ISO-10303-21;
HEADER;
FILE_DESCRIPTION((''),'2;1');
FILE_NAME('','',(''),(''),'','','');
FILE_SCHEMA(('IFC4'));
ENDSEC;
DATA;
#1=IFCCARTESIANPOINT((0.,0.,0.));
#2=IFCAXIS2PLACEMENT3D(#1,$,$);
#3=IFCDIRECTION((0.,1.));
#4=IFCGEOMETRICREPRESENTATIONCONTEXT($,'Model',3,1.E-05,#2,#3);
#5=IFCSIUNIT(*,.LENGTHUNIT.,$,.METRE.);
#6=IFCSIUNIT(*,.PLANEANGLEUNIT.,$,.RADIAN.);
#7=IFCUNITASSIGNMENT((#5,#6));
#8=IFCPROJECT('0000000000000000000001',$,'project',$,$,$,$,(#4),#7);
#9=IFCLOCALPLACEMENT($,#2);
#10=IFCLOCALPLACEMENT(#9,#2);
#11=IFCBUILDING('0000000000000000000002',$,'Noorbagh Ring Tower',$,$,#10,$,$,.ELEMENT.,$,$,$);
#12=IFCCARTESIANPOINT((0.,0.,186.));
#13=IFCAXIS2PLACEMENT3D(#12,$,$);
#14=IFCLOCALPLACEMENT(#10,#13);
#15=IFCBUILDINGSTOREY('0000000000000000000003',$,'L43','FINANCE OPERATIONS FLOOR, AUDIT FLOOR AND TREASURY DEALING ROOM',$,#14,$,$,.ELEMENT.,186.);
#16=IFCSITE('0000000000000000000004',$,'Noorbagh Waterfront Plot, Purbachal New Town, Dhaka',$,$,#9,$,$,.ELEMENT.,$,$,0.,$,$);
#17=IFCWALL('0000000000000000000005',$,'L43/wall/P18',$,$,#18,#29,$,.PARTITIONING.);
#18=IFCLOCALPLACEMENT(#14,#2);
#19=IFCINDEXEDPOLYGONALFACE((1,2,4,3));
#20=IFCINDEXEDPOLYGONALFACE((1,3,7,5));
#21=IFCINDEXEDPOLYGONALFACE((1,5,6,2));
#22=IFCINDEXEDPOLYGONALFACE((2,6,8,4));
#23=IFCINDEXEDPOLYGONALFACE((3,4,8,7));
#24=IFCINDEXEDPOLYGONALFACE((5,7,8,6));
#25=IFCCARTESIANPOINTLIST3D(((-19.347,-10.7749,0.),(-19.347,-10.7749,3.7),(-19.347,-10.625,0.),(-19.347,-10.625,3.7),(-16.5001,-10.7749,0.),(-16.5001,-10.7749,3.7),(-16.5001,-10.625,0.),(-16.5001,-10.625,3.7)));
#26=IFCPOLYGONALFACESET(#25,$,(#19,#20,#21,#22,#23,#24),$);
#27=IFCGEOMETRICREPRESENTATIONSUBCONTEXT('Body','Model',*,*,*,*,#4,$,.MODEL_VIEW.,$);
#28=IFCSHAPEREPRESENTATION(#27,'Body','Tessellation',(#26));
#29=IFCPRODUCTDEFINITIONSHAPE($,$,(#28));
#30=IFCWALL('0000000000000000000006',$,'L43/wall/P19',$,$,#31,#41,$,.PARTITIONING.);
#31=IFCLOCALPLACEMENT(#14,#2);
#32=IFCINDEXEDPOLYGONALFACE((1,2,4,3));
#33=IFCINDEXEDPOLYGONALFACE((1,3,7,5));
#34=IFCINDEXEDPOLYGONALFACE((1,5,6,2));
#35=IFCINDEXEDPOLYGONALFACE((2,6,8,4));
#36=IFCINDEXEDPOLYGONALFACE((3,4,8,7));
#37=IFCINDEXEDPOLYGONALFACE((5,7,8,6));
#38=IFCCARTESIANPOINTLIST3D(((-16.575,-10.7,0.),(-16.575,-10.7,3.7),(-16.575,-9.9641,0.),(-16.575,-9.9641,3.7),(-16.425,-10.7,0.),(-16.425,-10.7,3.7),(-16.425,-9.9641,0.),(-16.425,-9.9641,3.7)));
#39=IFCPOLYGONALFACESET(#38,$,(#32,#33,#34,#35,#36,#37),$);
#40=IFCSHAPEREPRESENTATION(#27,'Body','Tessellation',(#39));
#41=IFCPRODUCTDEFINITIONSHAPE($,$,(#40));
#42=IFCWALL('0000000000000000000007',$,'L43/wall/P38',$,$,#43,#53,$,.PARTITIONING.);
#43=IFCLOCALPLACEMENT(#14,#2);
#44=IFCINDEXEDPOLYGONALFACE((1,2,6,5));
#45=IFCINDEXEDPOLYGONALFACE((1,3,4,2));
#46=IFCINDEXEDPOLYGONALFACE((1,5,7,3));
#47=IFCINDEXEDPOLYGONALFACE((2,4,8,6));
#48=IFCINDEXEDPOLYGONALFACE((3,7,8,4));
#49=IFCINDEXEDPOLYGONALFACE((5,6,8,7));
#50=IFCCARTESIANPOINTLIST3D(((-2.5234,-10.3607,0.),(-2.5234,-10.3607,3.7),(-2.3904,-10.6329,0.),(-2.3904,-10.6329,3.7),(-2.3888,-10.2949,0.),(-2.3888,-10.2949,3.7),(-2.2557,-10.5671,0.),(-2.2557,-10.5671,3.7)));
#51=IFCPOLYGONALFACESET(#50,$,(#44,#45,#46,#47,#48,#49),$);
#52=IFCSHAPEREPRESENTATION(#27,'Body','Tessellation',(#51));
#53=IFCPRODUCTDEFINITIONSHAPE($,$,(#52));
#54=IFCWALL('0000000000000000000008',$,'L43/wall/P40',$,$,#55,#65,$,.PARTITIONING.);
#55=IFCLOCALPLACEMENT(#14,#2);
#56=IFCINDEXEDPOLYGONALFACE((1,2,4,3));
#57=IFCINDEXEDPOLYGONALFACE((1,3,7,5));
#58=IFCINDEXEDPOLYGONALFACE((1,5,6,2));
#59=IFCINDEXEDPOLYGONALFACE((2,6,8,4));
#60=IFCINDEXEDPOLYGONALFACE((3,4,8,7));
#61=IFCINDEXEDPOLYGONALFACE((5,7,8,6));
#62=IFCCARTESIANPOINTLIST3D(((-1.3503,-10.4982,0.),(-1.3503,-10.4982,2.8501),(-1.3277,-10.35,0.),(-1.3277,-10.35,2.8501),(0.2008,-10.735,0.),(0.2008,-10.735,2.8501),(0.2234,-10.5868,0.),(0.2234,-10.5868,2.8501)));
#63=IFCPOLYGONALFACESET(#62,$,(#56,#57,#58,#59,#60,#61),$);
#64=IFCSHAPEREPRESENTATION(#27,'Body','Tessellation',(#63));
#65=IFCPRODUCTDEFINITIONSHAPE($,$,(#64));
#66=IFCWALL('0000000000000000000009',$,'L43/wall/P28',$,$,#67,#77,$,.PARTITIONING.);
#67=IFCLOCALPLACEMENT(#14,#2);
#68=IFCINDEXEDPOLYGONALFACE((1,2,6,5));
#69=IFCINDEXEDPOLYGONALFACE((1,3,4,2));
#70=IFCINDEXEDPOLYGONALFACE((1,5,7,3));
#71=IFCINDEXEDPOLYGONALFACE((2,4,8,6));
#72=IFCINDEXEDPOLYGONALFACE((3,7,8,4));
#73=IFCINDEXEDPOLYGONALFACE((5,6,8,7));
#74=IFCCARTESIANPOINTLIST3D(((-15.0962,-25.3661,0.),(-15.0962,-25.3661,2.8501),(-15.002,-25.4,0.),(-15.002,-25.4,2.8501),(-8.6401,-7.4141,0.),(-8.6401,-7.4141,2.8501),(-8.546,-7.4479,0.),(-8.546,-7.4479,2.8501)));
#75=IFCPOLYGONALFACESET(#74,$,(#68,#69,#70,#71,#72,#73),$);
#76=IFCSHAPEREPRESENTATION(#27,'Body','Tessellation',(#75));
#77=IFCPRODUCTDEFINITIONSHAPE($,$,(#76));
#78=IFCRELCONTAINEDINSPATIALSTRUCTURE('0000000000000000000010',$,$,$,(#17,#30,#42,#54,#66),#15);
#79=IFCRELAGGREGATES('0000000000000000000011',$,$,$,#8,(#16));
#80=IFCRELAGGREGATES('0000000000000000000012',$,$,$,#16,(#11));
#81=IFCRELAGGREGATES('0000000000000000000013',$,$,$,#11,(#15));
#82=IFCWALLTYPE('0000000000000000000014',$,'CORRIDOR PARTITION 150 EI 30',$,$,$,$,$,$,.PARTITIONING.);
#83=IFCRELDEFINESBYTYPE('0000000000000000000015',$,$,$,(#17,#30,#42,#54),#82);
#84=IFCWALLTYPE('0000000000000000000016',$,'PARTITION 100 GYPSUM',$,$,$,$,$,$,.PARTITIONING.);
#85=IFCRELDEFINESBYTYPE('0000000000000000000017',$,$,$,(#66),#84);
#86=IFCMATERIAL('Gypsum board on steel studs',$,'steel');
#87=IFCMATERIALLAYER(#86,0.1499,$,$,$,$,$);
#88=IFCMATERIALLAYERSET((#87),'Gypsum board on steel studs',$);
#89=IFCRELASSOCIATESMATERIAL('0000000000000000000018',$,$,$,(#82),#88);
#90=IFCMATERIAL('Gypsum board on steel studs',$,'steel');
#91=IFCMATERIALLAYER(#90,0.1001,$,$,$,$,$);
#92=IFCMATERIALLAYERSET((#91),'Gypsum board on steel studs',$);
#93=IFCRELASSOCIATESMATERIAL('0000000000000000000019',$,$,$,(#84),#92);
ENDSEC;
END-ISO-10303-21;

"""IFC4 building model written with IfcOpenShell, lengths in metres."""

from ifc_helpers import new_model, si_unit, direction, frame, frame_2d, origin, place, context, subcontext, project, spatial, rectangle, extrude, material, layer, layer_set, type_object, element, save


model = new_model("IFC4")

# Units and contexts
model_context = context("Model", 3, precision=1e-05, world=origin(), true_north=direction((0.0, 1.0)))
body_context = subcontext(model_context, "Body", "Model", "MODEL_VIEW")
ifc_project = project(units=[si_unit("LENGTHUNIT", "METRE"), si_unit("PLANEANGLEUNIT", "RADIAN")], contexts=[model_context])

# Site, building, storey
site_placement = place(None, origin())
site = spatial("IfcSite", under=ifc_project, at=site_placement, Name="Noorbagh Waterfront Plot, Purbachal New Town, Dhaka", CompositionType="ELEMENT", RefElevation=0.0)
building_placement = place(site_placement, origin())
building = spatial("IfcBuilding", under=site, at=building_placement, Name="Noorbagh Ring Tower", CompositionType="ELEMENT")
storey_placement = place(building_placement, frame((0.0, 0.0, 186.0)))
storey = spatial("IfcBuildingStorey", under=building, at=storey_placement, Name="L43", Description="FINANCE OPERATIONS FLOOR, AUDIT FLOOR AND TREASURY DEALING ROOM", CompositionType="ELEMENT", Elevation=186.0)

# Walls
ifc_material_1 = material(Name="Gypsum board on steel studs", Category="steel")
ifc_layer_1 = layer(ifc_material_1, 0.1499)
ifc_layer_set_1 = layer_set([ifc_layer_1], Name="Gypsum board on steel studs")
wall_type_1 = type_object("IfcWallType", Name="CORRIDOR PARTITION 150 EI 30", PredefinedType="PARTITIONING", material=ifc_layer_set_1)
wall_1_placement = place(storey_placement, frame((-19.3469, -10.7, 0.0), z_axis=(0.0, 0.0, 1.0), x_axis=(1.0, 0.0, 0.0)))
element("IfcWall", 1, at=wall_1_placement, inside=storey, type_object=wall_type_1, Name="L43/wall/P18", PredefinedType="PARTITIONING", context=body_context, shape_type="SweptSolid", body=[
    extrude(rectangle(XDim=2.8469, YDim=0.1499, at=frame_2d((1.4233, 0.0))), origin(), (0.0, 0.0, 1.0), 3.7),
])
wall_2_placement = place(storey_placement, frame((-16.5, -10.7, 0.0), z_axis=(0.0, 0.0, 1.0), x_axis=(0.0, 1.0, 0.0)))
element("IfcWall", 2, at=wall_2_placement, inside=storey, type_object=wall_type_1, Name="L43/wall/P19", PredefinedType="PARTITIONING", context=body_context, shape_type="SweptSolid", body=[
    extrude(rectangle(XDim=0.7358, YDim=0.1499, at=frame_2d((0.3679, 0.0))), origin(), (0.0, 0.0, 1.0), 3.7),
])
wall_3_placement = place(storey_placement, frame((-2.4561, -10.3279, 0.0), z_axis=(0.0, 0.0, 1.0), x_axis=(0.439138, -0.89842, 0.0)))
element("IfcWall", 3, at=wall_3_placement, inside=storey, type_object=wall_type_1, Name="L43/wall/P38", PredefinedType="PARTITIONING", context=body_context, shape_type="SweptSolid", body=[
    extrude(rectangle(XDim=0.303, YDim=0.1499, at=frame_2d((0.1514, 0.0))), origin(), (0.0, 0.0, 1.0), 3.7),
])
wall_4_placement = place(storey_placement, frame((-1.3391, -10.4241, 0.0), z_axis=(0.0, 0.0, 1.0), x_axis=(0.988544, -0.150935, 0.0)))
element("IfcWall", 4, at=wall_4_placement, inside=storey, type_object=wall_type_1, Name="L43/wall/P40", PredefinedType="PARTITIONING", context=body_context, shape_type="SweptSolid", body=[
    extrude(rectangle(XDim=1.5691, YDim=0.1499, at=frame_2d((0.7847, 0.0))), origin(), (0.0, 0.0, 1.0), 2.8501),
])
ifc_material_2 = material(Name="Gypsum board on steel studs", Category="steel")
ifc_layer_2 = layer(ifc_material_2, 0.1001)
ifc_layer_set_2 = layer_set([ifc_layer_2], Name="Gypsum board on steel studs")
wall_type_2 = type_object("IfcWallType", Name="PARTITION 100 GYPSUM", PredefinedType="PARTITIONING", material=ifc_layer_set_2)
wall_5_placement = place(storey_placement, frame((-15.0491, -25.3831, 0.0), z_axis=(0.0, 0.0, 1.0), x_axis=(0.338408, 0.941, 0.0)))
element("IfcWall", 5, at=wall_5_placement, inside=storey, type_object=wall_type_2, Name="L43/wall/P28", PredefinedType="PARTITIONING", context=body_context, shape_type="SweptSolid", body=[
    extrude(rectangle(XDim=19.0776, YDim=0.1001, at=frame_2d((9.5388, 0.0))), origin(), (0.0, 0.0, 1.0), 2.8501),
])

save(model, "model.ifc")
